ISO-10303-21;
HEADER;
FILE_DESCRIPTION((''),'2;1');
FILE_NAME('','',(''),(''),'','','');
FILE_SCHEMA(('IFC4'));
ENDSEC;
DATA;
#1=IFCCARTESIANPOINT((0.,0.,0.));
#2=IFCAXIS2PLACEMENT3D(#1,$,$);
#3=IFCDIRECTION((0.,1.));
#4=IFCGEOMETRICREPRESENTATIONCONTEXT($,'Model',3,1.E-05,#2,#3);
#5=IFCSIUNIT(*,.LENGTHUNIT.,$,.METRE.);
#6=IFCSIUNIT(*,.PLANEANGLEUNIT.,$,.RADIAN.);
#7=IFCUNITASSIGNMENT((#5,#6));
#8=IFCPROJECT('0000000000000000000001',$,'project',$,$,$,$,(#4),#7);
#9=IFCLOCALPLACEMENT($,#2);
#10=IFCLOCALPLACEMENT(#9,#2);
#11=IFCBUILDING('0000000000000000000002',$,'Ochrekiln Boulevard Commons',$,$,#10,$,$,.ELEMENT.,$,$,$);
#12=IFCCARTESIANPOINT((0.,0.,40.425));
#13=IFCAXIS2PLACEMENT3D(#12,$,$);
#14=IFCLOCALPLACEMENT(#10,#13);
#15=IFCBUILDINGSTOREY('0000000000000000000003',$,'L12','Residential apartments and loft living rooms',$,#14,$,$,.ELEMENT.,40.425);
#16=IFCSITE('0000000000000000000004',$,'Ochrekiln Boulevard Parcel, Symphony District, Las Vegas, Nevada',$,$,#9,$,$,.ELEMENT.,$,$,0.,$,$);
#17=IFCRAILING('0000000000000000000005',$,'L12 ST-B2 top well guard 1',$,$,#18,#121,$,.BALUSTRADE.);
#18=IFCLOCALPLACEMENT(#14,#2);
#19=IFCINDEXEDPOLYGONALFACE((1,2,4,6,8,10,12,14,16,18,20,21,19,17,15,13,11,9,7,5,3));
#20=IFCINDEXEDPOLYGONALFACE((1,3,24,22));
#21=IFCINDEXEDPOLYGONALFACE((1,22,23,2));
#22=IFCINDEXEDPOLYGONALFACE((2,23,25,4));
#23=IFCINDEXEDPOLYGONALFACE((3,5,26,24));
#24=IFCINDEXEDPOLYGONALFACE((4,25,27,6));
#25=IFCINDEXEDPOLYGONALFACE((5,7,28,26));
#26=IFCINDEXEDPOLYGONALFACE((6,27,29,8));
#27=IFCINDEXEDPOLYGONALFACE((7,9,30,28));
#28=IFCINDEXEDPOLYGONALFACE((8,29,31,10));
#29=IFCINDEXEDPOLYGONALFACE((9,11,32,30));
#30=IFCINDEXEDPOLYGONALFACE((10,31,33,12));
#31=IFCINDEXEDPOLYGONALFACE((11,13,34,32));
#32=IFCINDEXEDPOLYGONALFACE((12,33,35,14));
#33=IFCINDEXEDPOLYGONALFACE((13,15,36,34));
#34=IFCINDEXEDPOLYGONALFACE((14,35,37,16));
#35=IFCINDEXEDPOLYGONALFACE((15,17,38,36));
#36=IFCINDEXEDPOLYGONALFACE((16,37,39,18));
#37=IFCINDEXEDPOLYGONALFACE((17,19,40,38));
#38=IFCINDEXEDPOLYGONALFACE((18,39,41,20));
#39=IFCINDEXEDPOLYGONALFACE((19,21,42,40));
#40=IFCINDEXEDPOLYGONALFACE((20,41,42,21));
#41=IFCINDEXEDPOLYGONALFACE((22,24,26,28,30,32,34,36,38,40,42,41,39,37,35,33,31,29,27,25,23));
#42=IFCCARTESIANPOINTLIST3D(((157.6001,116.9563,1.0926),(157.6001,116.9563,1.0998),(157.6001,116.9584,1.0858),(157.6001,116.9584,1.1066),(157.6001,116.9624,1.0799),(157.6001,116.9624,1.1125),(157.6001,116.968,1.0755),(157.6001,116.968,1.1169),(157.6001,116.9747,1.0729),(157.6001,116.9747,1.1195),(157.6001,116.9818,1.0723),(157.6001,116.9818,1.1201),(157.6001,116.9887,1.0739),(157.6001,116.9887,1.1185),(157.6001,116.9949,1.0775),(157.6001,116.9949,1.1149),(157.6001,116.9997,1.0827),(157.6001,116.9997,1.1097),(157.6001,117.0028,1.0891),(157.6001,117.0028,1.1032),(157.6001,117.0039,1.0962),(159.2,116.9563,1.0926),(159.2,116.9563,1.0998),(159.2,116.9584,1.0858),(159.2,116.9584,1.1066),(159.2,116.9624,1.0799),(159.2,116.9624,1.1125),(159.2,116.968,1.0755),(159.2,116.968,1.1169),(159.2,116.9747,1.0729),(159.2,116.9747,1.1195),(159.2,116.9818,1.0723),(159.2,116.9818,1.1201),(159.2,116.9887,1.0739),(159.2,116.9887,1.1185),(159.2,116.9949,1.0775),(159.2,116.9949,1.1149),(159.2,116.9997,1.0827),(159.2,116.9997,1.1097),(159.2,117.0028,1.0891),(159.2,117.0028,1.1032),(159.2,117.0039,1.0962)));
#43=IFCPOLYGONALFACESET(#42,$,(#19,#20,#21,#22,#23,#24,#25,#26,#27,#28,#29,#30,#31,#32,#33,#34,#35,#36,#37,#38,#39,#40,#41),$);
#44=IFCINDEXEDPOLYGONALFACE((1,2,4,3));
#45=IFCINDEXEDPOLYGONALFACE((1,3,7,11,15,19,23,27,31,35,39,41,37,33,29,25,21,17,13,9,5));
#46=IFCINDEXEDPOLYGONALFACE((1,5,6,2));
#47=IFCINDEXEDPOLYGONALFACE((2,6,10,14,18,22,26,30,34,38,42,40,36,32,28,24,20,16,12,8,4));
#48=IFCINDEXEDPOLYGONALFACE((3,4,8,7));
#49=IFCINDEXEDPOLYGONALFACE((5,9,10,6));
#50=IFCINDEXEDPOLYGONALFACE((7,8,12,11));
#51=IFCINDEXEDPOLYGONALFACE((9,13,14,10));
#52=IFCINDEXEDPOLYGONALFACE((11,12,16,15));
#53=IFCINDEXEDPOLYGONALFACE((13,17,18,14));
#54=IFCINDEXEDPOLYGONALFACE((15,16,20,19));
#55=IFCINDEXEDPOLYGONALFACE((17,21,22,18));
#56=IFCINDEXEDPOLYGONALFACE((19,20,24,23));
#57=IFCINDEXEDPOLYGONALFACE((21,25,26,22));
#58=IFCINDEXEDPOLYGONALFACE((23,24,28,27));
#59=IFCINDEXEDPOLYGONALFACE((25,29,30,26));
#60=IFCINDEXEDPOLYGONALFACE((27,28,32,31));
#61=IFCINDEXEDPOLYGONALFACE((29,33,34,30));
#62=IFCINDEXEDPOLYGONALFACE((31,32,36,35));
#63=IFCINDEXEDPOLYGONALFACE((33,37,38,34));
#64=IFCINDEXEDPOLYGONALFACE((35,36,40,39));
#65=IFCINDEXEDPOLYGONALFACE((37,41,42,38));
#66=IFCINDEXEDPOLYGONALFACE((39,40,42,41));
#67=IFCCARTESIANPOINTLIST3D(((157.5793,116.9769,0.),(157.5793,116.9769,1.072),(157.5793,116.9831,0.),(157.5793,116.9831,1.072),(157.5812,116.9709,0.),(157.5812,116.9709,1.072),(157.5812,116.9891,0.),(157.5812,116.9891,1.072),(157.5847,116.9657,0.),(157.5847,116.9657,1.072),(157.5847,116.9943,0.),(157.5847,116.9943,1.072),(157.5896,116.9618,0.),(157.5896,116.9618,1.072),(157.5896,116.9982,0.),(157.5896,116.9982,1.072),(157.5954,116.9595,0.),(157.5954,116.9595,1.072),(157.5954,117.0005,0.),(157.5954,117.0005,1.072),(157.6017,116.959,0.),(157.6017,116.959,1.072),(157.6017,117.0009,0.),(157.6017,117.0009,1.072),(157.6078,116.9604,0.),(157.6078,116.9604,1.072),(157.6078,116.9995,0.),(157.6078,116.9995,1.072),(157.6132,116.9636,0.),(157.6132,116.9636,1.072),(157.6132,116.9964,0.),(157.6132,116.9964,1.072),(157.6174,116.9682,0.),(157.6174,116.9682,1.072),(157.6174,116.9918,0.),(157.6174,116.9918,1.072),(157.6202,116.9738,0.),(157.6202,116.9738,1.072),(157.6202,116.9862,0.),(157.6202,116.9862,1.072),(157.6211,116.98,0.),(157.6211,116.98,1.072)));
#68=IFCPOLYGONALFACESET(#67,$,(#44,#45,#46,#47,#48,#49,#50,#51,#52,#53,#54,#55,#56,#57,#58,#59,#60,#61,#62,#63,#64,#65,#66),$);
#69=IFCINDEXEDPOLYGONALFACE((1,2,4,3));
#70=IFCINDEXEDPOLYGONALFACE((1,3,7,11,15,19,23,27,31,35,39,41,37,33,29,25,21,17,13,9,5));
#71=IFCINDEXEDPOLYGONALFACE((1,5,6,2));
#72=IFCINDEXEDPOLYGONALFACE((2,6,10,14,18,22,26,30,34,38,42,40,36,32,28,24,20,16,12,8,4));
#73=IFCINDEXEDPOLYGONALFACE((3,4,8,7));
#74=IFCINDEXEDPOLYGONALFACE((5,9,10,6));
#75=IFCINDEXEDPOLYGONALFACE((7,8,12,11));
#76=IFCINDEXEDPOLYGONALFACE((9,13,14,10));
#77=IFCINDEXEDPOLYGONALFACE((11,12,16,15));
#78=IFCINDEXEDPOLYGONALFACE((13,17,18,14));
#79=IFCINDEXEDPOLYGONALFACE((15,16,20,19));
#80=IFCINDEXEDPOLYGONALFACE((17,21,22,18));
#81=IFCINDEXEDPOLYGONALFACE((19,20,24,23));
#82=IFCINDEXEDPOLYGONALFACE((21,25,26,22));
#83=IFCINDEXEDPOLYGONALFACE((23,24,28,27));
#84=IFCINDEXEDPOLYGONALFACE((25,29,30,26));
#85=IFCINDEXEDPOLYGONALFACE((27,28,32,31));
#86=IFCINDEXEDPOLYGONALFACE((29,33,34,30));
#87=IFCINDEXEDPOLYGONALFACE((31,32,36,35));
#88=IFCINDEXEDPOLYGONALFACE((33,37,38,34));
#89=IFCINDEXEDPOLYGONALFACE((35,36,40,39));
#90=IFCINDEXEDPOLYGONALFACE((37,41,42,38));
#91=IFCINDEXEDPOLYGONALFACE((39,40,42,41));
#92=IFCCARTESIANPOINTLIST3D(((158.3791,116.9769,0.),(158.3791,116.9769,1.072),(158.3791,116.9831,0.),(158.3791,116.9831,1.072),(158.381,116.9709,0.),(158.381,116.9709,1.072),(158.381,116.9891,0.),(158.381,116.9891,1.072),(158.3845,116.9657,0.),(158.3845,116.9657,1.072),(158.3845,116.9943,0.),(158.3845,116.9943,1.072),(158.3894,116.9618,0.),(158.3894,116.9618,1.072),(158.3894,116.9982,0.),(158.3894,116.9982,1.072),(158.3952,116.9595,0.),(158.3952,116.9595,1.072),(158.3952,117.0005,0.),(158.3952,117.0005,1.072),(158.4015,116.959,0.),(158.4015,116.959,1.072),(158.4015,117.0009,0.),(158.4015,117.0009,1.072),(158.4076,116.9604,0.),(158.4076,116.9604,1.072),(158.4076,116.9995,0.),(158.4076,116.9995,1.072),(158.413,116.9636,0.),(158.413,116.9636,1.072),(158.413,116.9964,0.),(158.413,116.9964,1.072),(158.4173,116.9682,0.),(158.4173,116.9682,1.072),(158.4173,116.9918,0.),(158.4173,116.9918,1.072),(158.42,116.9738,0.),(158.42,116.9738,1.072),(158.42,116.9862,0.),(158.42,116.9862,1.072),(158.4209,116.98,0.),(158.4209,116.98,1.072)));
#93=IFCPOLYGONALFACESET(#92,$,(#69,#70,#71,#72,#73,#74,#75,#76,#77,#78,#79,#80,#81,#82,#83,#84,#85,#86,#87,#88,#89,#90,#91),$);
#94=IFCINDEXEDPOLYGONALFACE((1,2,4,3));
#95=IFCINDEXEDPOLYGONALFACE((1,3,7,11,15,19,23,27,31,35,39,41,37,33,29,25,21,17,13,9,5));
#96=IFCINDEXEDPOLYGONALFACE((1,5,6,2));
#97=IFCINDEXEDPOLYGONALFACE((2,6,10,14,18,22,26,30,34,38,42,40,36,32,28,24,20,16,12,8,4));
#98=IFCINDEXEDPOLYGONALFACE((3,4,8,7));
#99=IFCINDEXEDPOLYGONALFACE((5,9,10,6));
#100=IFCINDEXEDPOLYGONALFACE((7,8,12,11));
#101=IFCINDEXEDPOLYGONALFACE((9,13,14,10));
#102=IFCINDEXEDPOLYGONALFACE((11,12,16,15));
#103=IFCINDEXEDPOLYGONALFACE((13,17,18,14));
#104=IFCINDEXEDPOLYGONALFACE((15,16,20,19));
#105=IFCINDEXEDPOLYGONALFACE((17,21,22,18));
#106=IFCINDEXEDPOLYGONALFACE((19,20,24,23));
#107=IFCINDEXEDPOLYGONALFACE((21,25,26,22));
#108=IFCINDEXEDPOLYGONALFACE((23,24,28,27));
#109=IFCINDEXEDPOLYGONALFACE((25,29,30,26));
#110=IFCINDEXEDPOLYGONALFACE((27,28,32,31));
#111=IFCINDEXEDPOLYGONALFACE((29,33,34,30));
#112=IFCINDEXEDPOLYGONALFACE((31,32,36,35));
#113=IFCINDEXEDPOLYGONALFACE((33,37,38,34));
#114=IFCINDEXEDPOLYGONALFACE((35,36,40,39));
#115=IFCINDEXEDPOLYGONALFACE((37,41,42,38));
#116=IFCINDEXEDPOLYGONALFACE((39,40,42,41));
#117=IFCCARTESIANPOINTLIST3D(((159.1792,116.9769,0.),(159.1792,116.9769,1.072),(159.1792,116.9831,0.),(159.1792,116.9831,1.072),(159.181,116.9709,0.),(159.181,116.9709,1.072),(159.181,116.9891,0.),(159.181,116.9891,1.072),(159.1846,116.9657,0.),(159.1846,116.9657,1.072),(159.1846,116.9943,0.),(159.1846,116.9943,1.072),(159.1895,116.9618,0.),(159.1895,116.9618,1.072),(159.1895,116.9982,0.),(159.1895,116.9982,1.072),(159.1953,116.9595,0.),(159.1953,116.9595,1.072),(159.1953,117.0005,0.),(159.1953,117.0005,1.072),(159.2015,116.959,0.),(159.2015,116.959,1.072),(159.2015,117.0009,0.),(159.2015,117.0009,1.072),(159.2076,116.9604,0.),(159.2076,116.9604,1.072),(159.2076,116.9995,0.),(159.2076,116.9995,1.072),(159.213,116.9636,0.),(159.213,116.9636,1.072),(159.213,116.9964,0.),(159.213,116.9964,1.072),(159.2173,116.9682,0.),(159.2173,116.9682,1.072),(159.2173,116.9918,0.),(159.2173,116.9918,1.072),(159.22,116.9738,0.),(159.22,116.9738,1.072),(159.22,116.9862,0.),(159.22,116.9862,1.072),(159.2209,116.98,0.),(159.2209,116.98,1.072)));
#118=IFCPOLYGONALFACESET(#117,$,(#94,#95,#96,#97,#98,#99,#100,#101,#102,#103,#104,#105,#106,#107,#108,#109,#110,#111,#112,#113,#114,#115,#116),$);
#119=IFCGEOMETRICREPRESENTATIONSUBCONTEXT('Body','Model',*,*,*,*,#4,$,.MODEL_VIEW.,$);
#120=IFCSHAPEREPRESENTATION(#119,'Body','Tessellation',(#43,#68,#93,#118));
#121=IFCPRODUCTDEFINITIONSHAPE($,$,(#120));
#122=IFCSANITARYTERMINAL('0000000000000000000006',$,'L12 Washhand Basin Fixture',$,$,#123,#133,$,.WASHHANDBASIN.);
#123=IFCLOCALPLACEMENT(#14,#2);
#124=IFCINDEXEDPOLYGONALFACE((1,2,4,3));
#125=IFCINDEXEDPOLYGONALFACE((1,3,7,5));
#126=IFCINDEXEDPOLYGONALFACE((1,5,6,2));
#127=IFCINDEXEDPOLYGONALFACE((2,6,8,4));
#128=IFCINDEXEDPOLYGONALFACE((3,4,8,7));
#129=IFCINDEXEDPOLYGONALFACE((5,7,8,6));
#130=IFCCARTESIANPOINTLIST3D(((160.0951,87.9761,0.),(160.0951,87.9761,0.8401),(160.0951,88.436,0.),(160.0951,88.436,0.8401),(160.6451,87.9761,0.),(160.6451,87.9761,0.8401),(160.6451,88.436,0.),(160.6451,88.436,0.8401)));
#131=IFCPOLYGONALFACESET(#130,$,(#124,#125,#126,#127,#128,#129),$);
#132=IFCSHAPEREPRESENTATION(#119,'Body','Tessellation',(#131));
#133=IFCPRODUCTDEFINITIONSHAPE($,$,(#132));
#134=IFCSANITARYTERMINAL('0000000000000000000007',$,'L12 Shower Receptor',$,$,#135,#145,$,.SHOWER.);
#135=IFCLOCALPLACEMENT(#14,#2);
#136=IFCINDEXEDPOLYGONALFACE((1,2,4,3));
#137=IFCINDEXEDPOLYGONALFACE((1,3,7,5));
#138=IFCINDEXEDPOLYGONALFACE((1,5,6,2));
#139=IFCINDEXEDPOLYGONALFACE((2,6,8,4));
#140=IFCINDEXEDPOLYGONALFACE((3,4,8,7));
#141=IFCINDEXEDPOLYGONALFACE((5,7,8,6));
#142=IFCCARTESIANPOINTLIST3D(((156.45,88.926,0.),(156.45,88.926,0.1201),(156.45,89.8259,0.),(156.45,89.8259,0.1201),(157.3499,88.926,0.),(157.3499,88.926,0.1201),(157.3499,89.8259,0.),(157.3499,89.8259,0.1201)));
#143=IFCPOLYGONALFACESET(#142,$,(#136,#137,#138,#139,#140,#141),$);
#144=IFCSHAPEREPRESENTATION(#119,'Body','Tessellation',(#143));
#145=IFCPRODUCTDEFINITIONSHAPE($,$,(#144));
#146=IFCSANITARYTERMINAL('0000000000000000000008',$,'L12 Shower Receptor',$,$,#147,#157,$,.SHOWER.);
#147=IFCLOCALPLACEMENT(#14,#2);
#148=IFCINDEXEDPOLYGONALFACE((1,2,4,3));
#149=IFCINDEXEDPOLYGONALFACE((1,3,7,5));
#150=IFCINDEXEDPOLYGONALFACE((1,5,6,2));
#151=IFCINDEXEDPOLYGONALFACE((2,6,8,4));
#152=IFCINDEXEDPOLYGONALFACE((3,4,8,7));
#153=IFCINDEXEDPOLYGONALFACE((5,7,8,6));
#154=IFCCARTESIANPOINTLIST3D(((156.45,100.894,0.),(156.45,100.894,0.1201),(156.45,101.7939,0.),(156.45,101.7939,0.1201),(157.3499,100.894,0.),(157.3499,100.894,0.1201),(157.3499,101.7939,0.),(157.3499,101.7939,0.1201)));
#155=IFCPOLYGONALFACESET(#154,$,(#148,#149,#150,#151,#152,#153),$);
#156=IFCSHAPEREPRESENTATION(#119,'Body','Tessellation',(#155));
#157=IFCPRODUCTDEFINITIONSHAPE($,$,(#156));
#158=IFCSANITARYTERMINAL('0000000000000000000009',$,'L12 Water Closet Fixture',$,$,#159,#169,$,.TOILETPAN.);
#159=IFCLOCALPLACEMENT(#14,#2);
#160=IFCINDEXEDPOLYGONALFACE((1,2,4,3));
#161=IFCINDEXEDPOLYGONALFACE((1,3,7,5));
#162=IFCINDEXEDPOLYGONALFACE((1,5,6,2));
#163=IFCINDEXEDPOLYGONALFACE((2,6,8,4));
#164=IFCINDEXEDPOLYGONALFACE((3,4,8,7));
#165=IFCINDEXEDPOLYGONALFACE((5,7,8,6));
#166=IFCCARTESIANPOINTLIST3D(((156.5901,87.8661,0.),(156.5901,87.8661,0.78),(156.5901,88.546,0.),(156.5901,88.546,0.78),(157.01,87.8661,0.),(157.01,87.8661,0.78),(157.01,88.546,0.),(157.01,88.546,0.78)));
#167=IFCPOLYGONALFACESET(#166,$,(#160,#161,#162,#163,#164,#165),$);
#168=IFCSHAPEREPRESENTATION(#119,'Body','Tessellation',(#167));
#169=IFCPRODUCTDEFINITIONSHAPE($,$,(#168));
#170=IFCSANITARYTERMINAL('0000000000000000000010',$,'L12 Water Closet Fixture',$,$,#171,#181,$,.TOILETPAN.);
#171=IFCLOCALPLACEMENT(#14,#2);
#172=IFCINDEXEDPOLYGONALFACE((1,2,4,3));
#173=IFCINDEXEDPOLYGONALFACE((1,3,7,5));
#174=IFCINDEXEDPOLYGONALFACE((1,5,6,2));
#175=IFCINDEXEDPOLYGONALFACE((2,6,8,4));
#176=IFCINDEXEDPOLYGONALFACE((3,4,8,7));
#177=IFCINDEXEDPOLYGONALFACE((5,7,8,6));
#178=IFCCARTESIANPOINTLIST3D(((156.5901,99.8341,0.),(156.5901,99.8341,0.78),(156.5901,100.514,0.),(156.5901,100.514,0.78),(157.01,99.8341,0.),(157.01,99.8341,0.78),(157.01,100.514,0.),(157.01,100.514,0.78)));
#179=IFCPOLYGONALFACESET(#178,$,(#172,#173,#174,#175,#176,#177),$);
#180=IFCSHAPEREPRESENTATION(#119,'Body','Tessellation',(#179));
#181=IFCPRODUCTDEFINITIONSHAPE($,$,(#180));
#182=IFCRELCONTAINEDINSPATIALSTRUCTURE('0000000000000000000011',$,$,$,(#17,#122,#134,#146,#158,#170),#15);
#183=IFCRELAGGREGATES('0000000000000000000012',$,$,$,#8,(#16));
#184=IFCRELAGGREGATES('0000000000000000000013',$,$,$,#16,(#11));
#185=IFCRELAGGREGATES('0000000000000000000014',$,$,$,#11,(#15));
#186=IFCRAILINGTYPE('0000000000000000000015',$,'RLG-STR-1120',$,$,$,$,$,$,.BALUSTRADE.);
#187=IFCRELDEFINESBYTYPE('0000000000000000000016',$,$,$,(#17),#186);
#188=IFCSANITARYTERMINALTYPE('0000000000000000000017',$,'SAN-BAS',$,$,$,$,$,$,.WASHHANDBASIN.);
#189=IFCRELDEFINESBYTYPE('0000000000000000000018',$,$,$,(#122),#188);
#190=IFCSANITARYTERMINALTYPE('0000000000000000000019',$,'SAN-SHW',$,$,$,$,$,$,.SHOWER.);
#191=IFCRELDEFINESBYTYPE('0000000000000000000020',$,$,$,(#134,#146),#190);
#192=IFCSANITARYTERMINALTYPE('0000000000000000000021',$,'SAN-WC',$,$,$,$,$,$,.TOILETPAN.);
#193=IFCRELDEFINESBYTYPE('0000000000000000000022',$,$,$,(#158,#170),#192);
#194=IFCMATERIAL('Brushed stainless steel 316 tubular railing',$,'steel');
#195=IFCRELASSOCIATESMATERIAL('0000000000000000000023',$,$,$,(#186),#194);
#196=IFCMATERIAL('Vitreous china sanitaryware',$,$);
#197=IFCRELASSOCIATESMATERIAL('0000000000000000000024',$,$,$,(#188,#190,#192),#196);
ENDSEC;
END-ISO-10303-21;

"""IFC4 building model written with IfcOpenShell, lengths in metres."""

from ifc_helpers import new_model, si_unit, direction, frame, origin, origin_2d, place, context, subcontext, project, spatial, rectangle, circle, extrude, material, type_object, element, save


model = new_model("IFC4")

# Units and contexts
model_context = context("Model", 3, precision=1e-05, world=origin(), true_north=direction((0.0, 1.0)))
body_context = subcontext(model_context, "Body", "Model", "MODEL_VIEW")
ifc_project = project(units=[si_unit("LENGTHUNIT", "METRE"), si_unit("PLANEANGLEUNIT", "RADIAN")], contexts=[model_context])

# Site, building, storey
site_placement = place(None, origin())
site = spatial("IfcSite", under=ifc_project, at=site_placement, Name="Ochrekiln Boulevard Parcel, Symphony District, Las Vegas, Nevada", CompositionType="ELEMENT", RefElevation=0.0)
building_placement = place(site_placement, origin())
building = spatial("IfcBuilding", under=site, at=building_placement, Name="Ochrekiln Boulevard Commons", CompositionType="ELEMENT")
storey_placement = place(building_placement, frame((0.0, 0.0, 40.425)))
storey = spatial("IfcBuildingStorey", under=building, at=storey_placement, Name="L12", Description="Residential apartments and loft living rooms", CompositionType="ELEMENT", Elevation=40.425)

# Railing
ifc_material_1 = material(Name="Brushed stainless steel 316 tubular railing", Category="steel")
railing_type = type_object("IfcRailingType", Name="RLG-STR-1120", PredefinedType="BALUSTRADE", material=ifc_material_1)
railing_placement = place(storey_placement, frame((157.6001, 116.98, 0.0)))
element("IfcRailing", 1, at=railing_placement, inside=storey, type_object=railing_type, Name="L12 ST-B2 top well guard 1", PredefinedType="BALUSTRADE", context=body_context, shape_type="SweptSolid", body=[
    extrude(circle(Radius=0.0239, at=origin_2d()), frame((0.0, 0.0, 1.0962), z_axis=(1.0, 0.0, 0.0), x_axis=(0.0, 1.0, 0.0)), (0.0, 0.0, 1.0), 1.5999),
    extrude(circle(Radius=0.021, at=origin_2d()), origin(), (0.0, 0.0, 1.0), 1.072),
    extrude(circle(Radius=0.021, at=origin_2d()), frame((0.7998, 0.0, 0.0)), (0.0, 0.0, 1.0), 1.072),
    extrude(circle(Radius=0.021, at=origin_2d()), frame((1.5999, 0.0, 0.0)), (0.0, 0.0, 1.0), 1.072),
])

# Sanitary terminals
ifc_material_2 = material(Name="Vitreous china sanitaryware")
sanitary_terminal_type_1 = type_object("IfcSanitaryTerminalType", Name="SAN-BAS", PredefinedType="WASHHANDBASIN", material=ifc_material_2)
sanitary_terminal_placement = place(storey_placement, frame((160.3701, 88.2061, 0.0), z_axis=(0.0, 0.0, 1.0), x_axis=(1.0, 0.0, 0.0)))
element("IfcSanitaryTerminal", 2, at=sanitary_terminal_placement, inside=storey, type_object=sanitary_terminal_type_1, Name="L12 Washhand Basin Fixture", PredefinedType="WASHHANDBASIN", context=body_context, shape_type="SweptSolid", body=[
    extrude(rectangle(XDim=0.55, YDim=0.46, at=origin_2d()), origin(), (0.0, 0.0, 1.0), 0.8401),
])
sanitary_terminal_type_2 = type_object("IfcSanitaryTerminalType", Name="SAN-SHW", PredefinedType="SHOWER", material=ifc_material_2)
for number, where, z_axis, x_axis, name in (
    (3, (156.8999, 89.376, 0.0), (0.0, 0.0, 1.0), (1.0, 0.0, 0.0), "L12 Shower Receptor"),
    (4, (156.8999, 101.344, 0.0), (0.0, 0.0, 1.0), (1.0, 0.0, 0.0), "L12 Shower Receptor"),
):
    element("IfcSanitaryTerminal", number, at=place(storey_placement, frame(where, z_axis=z_axis, x_axis=x_axis)), inside=storey, type_object=sanitary_terminal_type_2, Name=name, PredefinedType="SHOWER", context=body_context, shape_type="SweptSolid", body=[
        extrude(rectangle(XDim=0.8999, YDim=0.8999, at=origin_2d()), origin(), (0.0, 0.0, 1.0), 0.1201),
    ])
sanitary_terminal_type_3 = type_object("IfcSanitaryTerminalType", Name="SAN-WC", PredefinedType="TOILETPAN", material=ifc_material_2)
for number, where, z_axis, x_axis, name in (
    (5, (156.8, 88.2061, 0.0), (0.0, 0.0, 1.0), (1.0, 0.0, 0.0), "L12 Water Closet Fixture"),
    (6, (156.8, 100.1741, 0.0), (0.0, 0.0, 1.0), (1.0, 0.0, 0.0), "L12 Water Closet Fixture"),
):
    element("IfcSanitaryTerminal", number, at=place(storey_placement, frame(where, z_axis=z_axis, x_axis=x_axis)), inside=storey, type_object=sanitary_terminal_type_3, Name=name, PredefinedType="TOILETPAN", context=body_context, shape_type="SweptSolid", body=[
        extrude(rectangle(XDim=0.4199, YDim=0.6799, at=origin_2d()), origin(), (0.0, 0.0, 1.0), 0.78),
    ])

save(model, "model.ifc")
